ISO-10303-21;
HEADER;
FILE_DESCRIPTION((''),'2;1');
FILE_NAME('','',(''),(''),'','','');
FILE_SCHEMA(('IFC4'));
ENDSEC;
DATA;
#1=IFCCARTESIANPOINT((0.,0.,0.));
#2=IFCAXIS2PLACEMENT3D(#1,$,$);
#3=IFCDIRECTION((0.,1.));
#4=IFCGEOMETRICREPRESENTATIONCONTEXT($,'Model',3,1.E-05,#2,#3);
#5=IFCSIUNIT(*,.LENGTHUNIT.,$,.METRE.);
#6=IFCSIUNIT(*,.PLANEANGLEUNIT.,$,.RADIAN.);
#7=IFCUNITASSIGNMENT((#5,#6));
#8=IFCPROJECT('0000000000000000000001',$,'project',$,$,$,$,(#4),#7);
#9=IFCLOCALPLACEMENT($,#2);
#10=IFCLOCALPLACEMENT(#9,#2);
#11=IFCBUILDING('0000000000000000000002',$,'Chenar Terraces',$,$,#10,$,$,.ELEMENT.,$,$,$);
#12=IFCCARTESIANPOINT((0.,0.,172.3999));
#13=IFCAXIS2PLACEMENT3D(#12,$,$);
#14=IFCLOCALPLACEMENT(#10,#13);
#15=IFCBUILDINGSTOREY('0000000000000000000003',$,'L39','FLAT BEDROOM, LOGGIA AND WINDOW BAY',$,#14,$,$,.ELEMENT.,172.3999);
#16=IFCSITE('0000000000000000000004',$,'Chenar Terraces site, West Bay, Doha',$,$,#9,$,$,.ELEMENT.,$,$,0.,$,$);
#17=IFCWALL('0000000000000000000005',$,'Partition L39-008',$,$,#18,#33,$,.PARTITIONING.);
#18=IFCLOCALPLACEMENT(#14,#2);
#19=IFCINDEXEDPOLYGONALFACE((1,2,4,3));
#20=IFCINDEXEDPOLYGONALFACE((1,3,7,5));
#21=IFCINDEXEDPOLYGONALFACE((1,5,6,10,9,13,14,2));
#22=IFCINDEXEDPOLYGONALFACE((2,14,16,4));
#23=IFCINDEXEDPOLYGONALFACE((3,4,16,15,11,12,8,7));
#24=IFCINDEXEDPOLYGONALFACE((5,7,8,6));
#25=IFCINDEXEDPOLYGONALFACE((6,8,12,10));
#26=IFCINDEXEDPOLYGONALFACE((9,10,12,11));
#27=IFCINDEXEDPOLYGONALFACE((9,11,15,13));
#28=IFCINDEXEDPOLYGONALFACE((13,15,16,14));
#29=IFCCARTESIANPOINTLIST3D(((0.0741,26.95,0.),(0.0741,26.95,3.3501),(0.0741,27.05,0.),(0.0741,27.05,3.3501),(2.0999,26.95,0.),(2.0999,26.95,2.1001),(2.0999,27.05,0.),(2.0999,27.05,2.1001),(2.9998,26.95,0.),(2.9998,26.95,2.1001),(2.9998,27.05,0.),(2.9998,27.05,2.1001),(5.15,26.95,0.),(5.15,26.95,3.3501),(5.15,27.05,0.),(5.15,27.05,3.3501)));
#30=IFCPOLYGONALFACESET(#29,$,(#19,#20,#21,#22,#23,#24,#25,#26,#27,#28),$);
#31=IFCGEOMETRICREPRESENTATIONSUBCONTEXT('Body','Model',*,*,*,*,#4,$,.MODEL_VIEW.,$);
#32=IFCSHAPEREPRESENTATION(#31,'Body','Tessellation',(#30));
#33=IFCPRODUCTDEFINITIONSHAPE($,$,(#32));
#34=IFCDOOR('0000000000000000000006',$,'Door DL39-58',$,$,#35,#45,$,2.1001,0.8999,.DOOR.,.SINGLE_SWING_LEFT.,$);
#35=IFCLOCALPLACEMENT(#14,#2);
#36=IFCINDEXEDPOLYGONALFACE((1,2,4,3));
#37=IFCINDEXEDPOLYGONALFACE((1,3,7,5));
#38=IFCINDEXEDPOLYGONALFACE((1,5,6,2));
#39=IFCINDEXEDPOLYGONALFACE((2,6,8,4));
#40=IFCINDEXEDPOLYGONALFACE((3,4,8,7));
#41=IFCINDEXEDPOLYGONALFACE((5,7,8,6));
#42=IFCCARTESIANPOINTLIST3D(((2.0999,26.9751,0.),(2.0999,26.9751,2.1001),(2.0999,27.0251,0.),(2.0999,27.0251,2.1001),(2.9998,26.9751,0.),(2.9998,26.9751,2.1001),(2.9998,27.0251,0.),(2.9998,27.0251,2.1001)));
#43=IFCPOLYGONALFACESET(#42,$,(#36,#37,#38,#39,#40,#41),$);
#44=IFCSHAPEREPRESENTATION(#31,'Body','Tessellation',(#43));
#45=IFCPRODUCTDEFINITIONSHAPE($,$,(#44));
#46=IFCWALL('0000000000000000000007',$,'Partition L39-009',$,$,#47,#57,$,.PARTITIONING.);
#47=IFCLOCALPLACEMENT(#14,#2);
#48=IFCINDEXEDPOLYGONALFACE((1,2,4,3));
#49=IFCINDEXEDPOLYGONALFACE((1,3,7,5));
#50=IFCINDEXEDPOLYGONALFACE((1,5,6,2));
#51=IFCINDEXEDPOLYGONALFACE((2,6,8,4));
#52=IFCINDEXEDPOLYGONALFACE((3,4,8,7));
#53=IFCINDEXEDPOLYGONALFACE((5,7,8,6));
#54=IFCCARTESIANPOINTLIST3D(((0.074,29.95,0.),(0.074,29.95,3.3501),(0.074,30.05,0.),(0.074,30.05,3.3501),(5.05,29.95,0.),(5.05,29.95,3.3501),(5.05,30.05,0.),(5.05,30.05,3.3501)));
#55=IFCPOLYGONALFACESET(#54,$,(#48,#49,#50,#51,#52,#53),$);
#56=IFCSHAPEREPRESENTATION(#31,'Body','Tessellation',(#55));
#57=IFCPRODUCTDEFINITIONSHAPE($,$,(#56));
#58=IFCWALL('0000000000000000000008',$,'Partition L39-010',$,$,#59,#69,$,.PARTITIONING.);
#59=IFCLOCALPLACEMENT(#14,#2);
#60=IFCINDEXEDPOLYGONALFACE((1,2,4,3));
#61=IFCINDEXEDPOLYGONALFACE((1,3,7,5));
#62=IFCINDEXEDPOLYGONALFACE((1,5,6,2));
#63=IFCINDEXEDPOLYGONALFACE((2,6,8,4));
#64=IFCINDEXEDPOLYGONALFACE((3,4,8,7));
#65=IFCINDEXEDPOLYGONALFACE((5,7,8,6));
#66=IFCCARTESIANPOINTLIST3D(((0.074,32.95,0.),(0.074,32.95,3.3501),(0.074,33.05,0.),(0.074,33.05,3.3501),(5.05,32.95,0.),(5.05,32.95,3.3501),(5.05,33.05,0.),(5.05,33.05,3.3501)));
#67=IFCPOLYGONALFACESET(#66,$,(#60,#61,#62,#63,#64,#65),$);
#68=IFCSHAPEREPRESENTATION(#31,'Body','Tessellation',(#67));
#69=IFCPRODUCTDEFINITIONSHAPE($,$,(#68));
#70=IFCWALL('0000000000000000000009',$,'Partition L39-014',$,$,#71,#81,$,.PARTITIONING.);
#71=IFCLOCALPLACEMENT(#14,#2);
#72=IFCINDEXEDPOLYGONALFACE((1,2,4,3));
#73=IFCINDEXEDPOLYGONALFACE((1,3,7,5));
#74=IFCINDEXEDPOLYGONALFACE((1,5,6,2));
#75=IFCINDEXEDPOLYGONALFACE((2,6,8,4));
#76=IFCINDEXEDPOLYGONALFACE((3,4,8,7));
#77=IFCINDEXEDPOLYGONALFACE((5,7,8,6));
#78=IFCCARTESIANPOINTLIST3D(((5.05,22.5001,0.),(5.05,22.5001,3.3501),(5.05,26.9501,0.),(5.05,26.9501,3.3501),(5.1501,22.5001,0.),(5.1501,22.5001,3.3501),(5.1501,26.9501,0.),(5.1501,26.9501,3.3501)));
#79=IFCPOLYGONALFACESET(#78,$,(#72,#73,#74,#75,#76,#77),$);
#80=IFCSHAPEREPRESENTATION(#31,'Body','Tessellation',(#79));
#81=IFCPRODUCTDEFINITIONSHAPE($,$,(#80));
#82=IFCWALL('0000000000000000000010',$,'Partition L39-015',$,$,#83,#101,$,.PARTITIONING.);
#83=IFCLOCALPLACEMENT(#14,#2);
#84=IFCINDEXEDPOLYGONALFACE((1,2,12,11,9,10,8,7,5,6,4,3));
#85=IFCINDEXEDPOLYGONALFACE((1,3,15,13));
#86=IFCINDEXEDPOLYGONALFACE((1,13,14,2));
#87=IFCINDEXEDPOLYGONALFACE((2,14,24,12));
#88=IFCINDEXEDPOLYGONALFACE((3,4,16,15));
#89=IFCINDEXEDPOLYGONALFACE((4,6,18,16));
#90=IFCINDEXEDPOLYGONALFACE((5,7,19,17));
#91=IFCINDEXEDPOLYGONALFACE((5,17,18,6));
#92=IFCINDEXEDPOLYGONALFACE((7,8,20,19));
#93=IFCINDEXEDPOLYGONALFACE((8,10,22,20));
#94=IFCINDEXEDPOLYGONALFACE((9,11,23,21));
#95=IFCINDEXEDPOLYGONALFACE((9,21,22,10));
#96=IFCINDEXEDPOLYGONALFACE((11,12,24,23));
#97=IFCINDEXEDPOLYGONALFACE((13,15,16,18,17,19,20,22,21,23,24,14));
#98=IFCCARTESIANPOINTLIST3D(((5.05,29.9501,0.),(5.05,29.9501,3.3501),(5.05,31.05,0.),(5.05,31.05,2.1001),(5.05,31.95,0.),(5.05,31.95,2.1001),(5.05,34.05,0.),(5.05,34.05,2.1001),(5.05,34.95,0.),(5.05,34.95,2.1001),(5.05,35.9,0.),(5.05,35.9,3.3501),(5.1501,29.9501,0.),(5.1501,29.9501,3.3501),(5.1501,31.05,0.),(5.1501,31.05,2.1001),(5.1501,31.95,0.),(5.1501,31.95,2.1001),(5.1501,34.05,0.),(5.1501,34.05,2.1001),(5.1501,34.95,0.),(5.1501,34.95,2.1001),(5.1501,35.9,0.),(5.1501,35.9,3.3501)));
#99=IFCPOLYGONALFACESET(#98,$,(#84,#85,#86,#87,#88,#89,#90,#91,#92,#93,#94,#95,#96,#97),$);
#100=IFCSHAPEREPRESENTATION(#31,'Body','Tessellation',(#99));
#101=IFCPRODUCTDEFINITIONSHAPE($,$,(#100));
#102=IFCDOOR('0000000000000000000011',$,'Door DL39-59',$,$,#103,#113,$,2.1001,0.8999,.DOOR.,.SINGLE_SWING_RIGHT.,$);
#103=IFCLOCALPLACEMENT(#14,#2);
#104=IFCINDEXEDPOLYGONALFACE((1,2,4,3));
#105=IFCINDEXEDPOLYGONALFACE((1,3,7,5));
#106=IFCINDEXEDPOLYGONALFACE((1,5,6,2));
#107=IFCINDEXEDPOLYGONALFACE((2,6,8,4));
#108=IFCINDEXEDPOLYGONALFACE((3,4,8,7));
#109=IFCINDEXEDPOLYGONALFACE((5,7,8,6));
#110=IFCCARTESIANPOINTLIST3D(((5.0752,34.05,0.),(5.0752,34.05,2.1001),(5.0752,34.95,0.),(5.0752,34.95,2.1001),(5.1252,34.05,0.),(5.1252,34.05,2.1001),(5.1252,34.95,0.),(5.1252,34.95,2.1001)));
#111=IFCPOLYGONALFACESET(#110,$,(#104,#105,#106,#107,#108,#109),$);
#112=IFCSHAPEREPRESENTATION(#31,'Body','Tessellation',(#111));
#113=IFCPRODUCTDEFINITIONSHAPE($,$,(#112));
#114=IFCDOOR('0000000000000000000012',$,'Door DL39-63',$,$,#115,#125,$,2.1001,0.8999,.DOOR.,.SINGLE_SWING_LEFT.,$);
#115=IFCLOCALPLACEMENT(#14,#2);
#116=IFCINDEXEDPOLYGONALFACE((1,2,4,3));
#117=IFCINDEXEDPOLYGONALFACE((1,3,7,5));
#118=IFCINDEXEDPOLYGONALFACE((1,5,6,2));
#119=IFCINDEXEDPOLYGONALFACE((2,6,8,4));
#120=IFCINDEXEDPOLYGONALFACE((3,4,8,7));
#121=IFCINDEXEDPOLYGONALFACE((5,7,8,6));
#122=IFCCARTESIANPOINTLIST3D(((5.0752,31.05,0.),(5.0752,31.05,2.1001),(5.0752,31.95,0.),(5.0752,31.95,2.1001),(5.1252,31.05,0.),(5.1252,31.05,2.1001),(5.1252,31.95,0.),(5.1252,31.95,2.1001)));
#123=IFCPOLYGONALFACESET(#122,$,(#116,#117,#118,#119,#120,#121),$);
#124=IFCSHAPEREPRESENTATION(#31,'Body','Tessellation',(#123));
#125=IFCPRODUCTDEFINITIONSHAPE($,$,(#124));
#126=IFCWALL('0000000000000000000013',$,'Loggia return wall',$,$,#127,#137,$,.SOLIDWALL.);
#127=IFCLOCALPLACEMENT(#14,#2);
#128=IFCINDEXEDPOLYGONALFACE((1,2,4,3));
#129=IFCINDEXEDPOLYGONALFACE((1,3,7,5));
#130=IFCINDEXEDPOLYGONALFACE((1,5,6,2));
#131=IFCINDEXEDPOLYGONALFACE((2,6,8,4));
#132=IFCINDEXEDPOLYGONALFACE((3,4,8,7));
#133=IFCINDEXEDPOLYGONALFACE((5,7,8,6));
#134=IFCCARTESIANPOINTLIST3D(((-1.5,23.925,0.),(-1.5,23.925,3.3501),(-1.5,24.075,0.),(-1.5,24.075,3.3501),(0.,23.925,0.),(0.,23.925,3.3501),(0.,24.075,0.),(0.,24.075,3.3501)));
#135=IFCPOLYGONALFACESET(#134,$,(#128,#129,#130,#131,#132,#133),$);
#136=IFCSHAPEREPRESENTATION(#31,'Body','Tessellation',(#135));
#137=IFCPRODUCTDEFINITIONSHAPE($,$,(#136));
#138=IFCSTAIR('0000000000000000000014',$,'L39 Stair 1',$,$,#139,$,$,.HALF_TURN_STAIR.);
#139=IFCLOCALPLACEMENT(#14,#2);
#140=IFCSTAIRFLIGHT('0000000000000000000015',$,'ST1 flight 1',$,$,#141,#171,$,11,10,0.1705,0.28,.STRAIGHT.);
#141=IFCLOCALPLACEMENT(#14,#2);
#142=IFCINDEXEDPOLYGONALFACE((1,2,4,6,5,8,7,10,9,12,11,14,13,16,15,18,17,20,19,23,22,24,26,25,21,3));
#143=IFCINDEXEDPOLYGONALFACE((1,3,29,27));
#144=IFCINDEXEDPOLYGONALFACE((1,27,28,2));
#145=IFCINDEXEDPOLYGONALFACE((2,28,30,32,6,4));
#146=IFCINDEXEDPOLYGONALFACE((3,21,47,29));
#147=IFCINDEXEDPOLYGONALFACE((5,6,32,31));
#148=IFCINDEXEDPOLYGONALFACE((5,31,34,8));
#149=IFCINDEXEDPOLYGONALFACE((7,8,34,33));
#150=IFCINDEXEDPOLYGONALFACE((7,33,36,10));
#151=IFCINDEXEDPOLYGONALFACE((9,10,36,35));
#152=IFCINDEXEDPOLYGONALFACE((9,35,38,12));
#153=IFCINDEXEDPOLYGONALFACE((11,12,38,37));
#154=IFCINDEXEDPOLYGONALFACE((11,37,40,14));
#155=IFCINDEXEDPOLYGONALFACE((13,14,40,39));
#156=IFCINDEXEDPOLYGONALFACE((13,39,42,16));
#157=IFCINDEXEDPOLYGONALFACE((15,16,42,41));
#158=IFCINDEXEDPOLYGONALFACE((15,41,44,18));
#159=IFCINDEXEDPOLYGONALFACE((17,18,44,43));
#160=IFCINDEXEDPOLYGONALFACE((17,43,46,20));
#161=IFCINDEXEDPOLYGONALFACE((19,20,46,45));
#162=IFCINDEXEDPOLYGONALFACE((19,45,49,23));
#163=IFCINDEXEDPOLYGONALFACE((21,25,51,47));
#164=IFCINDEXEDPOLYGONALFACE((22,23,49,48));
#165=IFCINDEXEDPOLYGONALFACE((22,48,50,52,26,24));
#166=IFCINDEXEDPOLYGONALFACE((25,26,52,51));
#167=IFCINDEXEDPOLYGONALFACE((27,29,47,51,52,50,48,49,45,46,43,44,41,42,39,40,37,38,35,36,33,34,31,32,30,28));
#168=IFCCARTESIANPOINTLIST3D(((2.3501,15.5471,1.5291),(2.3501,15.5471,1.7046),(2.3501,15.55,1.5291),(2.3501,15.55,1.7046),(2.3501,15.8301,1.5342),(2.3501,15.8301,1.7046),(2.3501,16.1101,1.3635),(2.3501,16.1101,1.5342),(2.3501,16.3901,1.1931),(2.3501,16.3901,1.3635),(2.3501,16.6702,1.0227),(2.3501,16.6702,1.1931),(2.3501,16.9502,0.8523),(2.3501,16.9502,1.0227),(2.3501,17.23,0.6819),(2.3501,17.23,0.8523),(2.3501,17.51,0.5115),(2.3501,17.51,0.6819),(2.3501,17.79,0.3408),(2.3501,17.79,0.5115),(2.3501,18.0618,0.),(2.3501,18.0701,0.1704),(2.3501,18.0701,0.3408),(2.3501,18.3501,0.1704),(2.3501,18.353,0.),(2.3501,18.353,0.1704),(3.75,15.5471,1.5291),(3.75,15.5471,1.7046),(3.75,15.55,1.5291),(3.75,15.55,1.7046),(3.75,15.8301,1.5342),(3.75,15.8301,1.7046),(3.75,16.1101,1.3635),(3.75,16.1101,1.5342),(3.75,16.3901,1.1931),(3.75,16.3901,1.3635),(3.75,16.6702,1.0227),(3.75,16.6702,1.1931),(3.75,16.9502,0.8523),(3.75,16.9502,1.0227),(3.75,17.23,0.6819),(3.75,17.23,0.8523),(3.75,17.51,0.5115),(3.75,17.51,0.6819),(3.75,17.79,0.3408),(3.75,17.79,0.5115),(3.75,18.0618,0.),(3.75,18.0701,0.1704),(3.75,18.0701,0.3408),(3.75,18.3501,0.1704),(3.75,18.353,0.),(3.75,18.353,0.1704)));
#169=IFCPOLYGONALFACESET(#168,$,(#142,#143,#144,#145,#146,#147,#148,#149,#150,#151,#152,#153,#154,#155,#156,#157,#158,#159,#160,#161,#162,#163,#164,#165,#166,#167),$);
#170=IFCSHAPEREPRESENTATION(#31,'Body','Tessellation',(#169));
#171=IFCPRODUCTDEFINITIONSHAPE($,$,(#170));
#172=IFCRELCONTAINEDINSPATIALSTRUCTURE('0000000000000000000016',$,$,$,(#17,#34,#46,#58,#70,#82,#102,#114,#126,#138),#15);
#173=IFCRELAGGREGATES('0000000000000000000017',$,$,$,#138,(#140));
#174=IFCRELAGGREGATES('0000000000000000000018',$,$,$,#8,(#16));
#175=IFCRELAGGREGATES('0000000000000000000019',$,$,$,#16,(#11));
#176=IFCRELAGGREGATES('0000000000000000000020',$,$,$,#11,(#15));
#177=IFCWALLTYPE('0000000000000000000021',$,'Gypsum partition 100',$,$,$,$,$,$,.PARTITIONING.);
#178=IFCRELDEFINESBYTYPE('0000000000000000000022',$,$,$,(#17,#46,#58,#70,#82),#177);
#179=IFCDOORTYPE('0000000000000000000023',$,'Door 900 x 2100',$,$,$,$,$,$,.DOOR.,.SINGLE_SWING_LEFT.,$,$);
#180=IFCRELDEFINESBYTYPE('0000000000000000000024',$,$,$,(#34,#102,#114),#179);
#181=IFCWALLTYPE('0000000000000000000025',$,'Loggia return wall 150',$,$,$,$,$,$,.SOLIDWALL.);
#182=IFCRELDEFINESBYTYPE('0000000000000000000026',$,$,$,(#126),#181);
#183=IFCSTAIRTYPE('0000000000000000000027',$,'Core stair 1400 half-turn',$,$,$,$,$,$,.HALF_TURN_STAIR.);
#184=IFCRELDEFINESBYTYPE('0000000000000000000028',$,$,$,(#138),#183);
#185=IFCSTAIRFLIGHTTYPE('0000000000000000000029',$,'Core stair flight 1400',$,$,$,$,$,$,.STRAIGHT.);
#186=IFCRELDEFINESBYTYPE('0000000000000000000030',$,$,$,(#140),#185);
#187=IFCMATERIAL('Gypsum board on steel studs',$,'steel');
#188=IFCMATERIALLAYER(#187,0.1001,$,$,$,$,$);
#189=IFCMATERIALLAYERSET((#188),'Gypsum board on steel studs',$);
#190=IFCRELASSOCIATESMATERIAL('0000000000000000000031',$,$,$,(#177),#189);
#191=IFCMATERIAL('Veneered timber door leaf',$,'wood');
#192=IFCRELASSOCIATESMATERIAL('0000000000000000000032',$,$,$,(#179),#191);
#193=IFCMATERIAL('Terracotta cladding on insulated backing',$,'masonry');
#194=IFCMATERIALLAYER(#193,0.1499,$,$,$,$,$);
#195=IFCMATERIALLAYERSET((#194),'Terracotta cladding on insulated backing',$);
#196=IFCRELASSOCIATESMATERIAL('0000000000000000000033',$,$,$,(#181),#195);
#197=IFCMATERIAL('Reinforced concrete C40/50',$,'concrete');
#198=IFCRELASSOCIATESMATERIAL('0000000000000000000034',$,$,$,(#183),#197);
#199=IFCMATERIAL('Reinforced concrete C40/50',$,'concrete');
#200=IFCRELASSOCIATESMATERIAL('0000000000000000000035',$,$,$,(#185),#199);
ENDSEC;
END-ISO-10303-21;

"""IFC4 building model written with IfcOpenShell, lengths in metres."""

from ifc_helpers import new_model, si_unit, direction, frame, frame_2d, origin, place, context, subcontext, project, spatial, polyline, rectangle, outline, extrude, material, layer, layer_set, type_object, element, fill, aggregate, save


model = new_model("IFC4")

# Units and contexts
model_context = context("Model", 3, precision=1e-05, world=origin(), true_north=direction((0.0, 1.0)))
body_context = subcontext(model_context, "Body", "Model", "MODEL_VIEW")
ifc_project = project(units=[si_unit("LENGTHUNIT", "METRE"), si_unit("PLANEANGLEUNIT", "RADIAN")], contexts=[model_context])

# Site, building, storey
site_placement = place(None, origin())
site = spatial("IfcSite", under=ifc_project, at=site_placement, Name="Chenar Terraces site, West Bay, Doha", CompositionType="ELEMENT", RefElevation=0.0)
building_placement = place(site_placement, origin())
building = spatial("IfcBuilding", under=site, at=building_placement, Name="Chenar Terraces", CompositionType="ELEMENT")
storey_placement = place(building_placement, frame((0.0, 0.0, 172.3999)))
storey = spatial("IfcBuildingStorey", under=building, at=storey_placement, Name="L39", Description="FLAT BEDROOM, LOGGIA AND WINDOW BAY", CompositionType="ELEMENT", Elevation=172.3999)

# Wall, opening, door
ifc_material_1 = material(Name="Gypsum board on steel studs", Category="steel")
ifc_layer_1 = layer(ifc_material_1, 0.1001)
ifc_layer_set_1 = layer_set([ifc_layer_1], Name="Gypsum board on steel studs")
wall_type_1 = type_object("IfcWallType", Name="Gypsum partition 100", PredefinedType="PARTITIONING", material=ifc_layer_set_1)
wall_1_placement = place(storey_placement, frame((0.074, 27.0, 0.0), z_axis=(0.0, 0.0, 1.0), x_axis=(1.0, 0.0, 0.0)))
wall_1 = element("IfcWall", 1, at=wall_1_placement, inside=storey, type_object=wall_type_1, Name="Partition L39-008", PredefinedType="PARTITIONING", context=body_context, shape_type="SweptSolid", body=[
    extrude(rectangle(XDim=5.0759, YDim=0.1001, at=frame_2d((2.5381, 0.0))), origin(), (0.0, 0.0, 1.0), 3.3501),
])
opening_1_placement = place(wall_1_placement, frame((2.0259, 0.0, 0.0)))
opening_1 = element("IfcOpeningElement", 2, at=opening_1_placement, cuts=wall_1, PredefinedType="OPENING", context=body_context, shape_type="SweptSolid", body=[
    extrude(rectangle(XDim=0.8999, YDim=2.1001, at=frame_2d((0.45, 1.05))), frame((0.0, 0.0601, 0.0), z_axis=(0.0, -1.0, 0.0), x_axis=(1.0, 0.0, 0.0)), (0.0, 0.0, 1.0), 0.1201),
])
ifc_material_2 = material(Name="Veneered timber door leaf", Category="wood")
door_type_1 = type_object("IfcDoorType", Name="Door 900 x 2100", OperationType="SINGLE_SWING_LEFT", PredefinedType="DOOR", material=ifc_material_2)
door_1_placement = place(opening_1_placement, frame((0.8999, 0.0, 0.0), z_axis=(0.0, 0.0, 1.0), x_axis=(-1.0, 0.0, 0.0)))
door_1 = element("IfcDoor", 3, at=door_1_placement, inside=storey, type_object=door_type_1, Name="Door DL39-58", OperationType="SINGLE_SWING_LEFT", OverallHeight=2.1001, OverallWidth=0.8999, PredefinedType="DOOR", context=body_context, shape_type="SweptSolid", body=[
    extrude(rectangle(XDim=0.8999, YDim=2.1001, at=frame_2d((0.45, 1.05))), frame((0.0, 0.0249, 0.0), z_axis=(0.0, -1.0, 0.0), x_axis=(1.0, 0.0, 0.0)), (0.0, 0.0, 1.0), 0.05),
])
fill(opening_1, door_1)

# Walls
for number, where, z_axis, x_axis, name in (
    (4, (0.074, 30.0, 0.0), (0.0, 0.0, 1.0), (1.0, 0.0, 0.0), "Partition L39-009"),
    (5, (0.074, 33.0, 0.0), (0.0, 0.0, 1.0), (1.0, 0.0, 0.0), "Partition L39-010"),
):
    element("IfcWall", number, at=place(storey_placement, frame(where, z_axis=z_axis, x_axis=x_axis)), inside=storey, type_object=wall_type_1, Name=name, PredefinedType="PARTITIONING", context=body_context, shape_type="SweptSolid", body=[
        extrude(rectangle(XDim=4.9761, YDim=0.1001, at=frame_2d((2.488, 0.0))), origin(), (0.0, 0.0, 1.0), 3.3501),
    ])
wall_2_placement = place(storey_placement, frame((5.1001, 22.5, 0.0), z_axis=(0.0, 0.0, 1.0), x_axis=(0.0, 1.0, 0.0)))
element("IfcWall", 6, at=wall_2_placement, inside=storey, type_object=wall_type_1, Name="Partition L39-014", PredefinedType="PARTITIONING", context=body_context, shape_type="SweptSolid", body=[
    extrude(rectangle(XDim=4.45, YDim=0.1001, at=frame_2d((2.2251, 0.0))), origin(), (0.0, 0.0, 1.0), 3.3501),
])

# Wall, openings, doors
wall_3_placement = place(storey_placement, frame((5.1001, 29.95, 0.0), z_axis=(0.0, 0.0, 1.0), x_axis=(0.0, 1.0, 0.0)))
wall_3 = element("IfcWall", 7, at=wall_3_placement, inside=storey, type_object=wall_type_1, Name="Partition L39-015", PredefinedType="PARTITIONING", context=body_context, shape_type="SweptSolid", body=[
    extrude(rectangle(XDim=5.95, YDim=0.1001, at=frame_2d((2.9751, 0.0))), origin(), (0.0, 0.0, 1.0), 3.3501),
])
opening_2_placement = place(wall_3_placement, frame((4.1001, 0.0, 0.0)))
opening_2 = element("IfcOpeningElement", 8, at=opening_2_placement, cuts=wall_3, PredefinedType="OPENING", context=body_context, shape_type="SweptSolid", body=[
    extrude(rectangle(XDim=0.8999, YDim=2.1001, at=frame_2d((0.45, 1.05))), frame((0.0, 0.0601, 0.0), z_axis=(0.0, -1.0, 0.0), x_axis=(1.0, 0.0, 0.0)), (0.0, 0.0, 1.0), 0.1201),
])
opening_3_placement = place(wall_3_placement, frame((1.1001, 0.0, 0.0)))
opening_3 = element("IfcOpeningElement", 9, at=opening_3_placement, cuts=wall_3, PredefinedType="OPENING", context=body_context, shape_type="SweptSolid", body=[
    extrude(rectangle(XDim=0.8999, YDim=2.1001, at=frame_2d((0.45, 1.05))), frame((0.0, 0.0601, 0.0), z_axis=(0.0, -1.0, 0.0), x_axis=(1.0, 0.0, 0.0)), (0.0, 0.0, 1.0), 0.1201),
])
door_2_placement = place(opening_2_placement, origin())
door_2 = element("IfcDoor", 10, at=door_2_placement, inside=storey, type_object=door_type_1, Name="Door DL39-59", OperationType="SINGLE_SWING_RIGHT", OverallHeight=2.1001, OverallWidth=0.8999, PredefinedType="DOOR", context=body_context, shape_type="SweptSolid", body=[
    extrude(rectangle(XDim=0.8999, YDim=2.1001, at=frame_2d((0.45, 1.05))), frame((0.0, 0.0249, 0.0), z_axis=(0.0, -1.0, 0.0), x_axis=(1.0, 0.0, 0.0)), (0.0, 0.0, 1.0), 0.05),
])
fill(opening_2, door_2)
door_3_placement = place(opening_3_placement, origin())
door_3 = element("IfcDoor", 11, at=door_3_placement, inside=storey, type_object=door_type_1, Name="Door DL39-63", OperationType="SINGLE_SWING_LEFT", OverallHeight=2.1001, OverallWidth=0.8999, PredefinedType="DOOR", context=body_context, shape_type="SweptSolid", body=[
    extrude(rectangle(XDim=0.8999, YDim=2.1001, at=frame_2d((0.45, 1.05))), frame((0.0, 0.0249, 0.0), z_axis=(0.0, -1.0, 0.0), x_axis=(1.0, 0.0, 0.0)), (0.0, 0.0, 1.0), 0.05),
])
fill(opening_3, door_3)

# Wall
ifc_material_3 = material(Name="Terracotta cladding on insulated backing", Category="masonry")
ifc_layer_2 = layer(ifc_material_3, 0.1499)
ifc_layer_set_2 = layer_set([ifc_layer_2], Name="Terracotta cladding on insulated backing")
wall_type_2 = type_object("IfcWallType", Name="Loggia return wall 150", PredefinedType="SOLIDWALL", material=ifc_layer_set_2)
wall_4_placement = place(storey_placement, frame((-1.5, 24.0, 0.0), z_axis=(0.0, 0.0, 1.0), x_axis=(1.0, 0.0, 0.0)))
element("IfcWall", 12, at=wall_4_placement, inside=storey, type_object=wall_type_2, Name="Loggia return wall", PredefinedType="SOLIDWALL", context=body_context, shape_type="SweptSolid", body=[
    extrude(rectangle(XDim=1.5, YDim=0.1499, at=frame_2d((0.75, 0.0))), origin(), (0.0, 0.0, 1.0), 3.3501),
])

# Stair, stair flight
ifc_material_4 = material(Name="Reinforced concrete C40/50", Category="concrete")
stair_type = type_object("IfcStairType", Name="Core stair 1400 half-turn", PredefinedType="HALF_TURN_STAIR", material=ifc_material_4)
stair_placement = place(storey_placement, origin())
stair = element("IfcStair", 13, at=stair_placement, inside=storey, type_object=stair_type, Name="L39 Stair 1", PredefinedType="HALF_TURN_STAIR")
ifc_material_5 = material(Name="Reinforced concrete C40/50", Category="concrete")
stair_flight_type = type_object("IfcStairFlightType", Name="Core stair flight 1400", PredefinedType="STRAIGHT", material=ifc_material_5)
stair_flight_placement = place(storey_placement, frame((3.05, 18.3501, 0.0), z_axis=(0.0, 0.0, 1.0), x_axis=(0.0, -1.0, 0.0)))
stair_flight = element("IfcStairFlight", 14, at=stair_flight_placement, type_object=stair_flight_type, Name="ST1 flight 1", NumberOfRisers=11, NumberOfTreads=10, PredefinedType="STRAIGHT", RiserHeight=0.1705, TreadLength=0.28, context=body_context, shape_type="SweptSolid", body=[
    extrude(outline(polyline([(-0.0029, 0.0), (-0.0029, 0.1704), (0.0, 0.1704), (0.28, 0.1704), (0.28, 0.3408), (0.5601, 0.3408), (0.5601, 0.5115), (0.8401, 0.5115), (0.8401, 0.6819), (1.1201, 0.6819), (1.1201, 0.8523), (1.3999, 0.8523), (1.3999, 1.0227), (1.6799, 1.0227), (1.6799, 1.1931), (1.96, 1.1931), (1.96, 1.3635), (2.24, 1.3635), (2.24, 1.5342), (2.52, 1.5342), (2.52, 1.7046), (2.8, 1.7046), (2.803, 1.7046), (2.803, 1.5291), (2.8, 1.5291), (0.2883, 0.0), (-0.0029, 0.0)])), frame((0.0, 0.7, 0.0), z_axis=(0.0, -1.0, 0.0), x_axis=(1.0, 0.0, 0.0)), (0.0, 0.0, 1.0), 1.3999),
])
aggregate(stair, [stair_flight])

save(model, "model.ifc")
